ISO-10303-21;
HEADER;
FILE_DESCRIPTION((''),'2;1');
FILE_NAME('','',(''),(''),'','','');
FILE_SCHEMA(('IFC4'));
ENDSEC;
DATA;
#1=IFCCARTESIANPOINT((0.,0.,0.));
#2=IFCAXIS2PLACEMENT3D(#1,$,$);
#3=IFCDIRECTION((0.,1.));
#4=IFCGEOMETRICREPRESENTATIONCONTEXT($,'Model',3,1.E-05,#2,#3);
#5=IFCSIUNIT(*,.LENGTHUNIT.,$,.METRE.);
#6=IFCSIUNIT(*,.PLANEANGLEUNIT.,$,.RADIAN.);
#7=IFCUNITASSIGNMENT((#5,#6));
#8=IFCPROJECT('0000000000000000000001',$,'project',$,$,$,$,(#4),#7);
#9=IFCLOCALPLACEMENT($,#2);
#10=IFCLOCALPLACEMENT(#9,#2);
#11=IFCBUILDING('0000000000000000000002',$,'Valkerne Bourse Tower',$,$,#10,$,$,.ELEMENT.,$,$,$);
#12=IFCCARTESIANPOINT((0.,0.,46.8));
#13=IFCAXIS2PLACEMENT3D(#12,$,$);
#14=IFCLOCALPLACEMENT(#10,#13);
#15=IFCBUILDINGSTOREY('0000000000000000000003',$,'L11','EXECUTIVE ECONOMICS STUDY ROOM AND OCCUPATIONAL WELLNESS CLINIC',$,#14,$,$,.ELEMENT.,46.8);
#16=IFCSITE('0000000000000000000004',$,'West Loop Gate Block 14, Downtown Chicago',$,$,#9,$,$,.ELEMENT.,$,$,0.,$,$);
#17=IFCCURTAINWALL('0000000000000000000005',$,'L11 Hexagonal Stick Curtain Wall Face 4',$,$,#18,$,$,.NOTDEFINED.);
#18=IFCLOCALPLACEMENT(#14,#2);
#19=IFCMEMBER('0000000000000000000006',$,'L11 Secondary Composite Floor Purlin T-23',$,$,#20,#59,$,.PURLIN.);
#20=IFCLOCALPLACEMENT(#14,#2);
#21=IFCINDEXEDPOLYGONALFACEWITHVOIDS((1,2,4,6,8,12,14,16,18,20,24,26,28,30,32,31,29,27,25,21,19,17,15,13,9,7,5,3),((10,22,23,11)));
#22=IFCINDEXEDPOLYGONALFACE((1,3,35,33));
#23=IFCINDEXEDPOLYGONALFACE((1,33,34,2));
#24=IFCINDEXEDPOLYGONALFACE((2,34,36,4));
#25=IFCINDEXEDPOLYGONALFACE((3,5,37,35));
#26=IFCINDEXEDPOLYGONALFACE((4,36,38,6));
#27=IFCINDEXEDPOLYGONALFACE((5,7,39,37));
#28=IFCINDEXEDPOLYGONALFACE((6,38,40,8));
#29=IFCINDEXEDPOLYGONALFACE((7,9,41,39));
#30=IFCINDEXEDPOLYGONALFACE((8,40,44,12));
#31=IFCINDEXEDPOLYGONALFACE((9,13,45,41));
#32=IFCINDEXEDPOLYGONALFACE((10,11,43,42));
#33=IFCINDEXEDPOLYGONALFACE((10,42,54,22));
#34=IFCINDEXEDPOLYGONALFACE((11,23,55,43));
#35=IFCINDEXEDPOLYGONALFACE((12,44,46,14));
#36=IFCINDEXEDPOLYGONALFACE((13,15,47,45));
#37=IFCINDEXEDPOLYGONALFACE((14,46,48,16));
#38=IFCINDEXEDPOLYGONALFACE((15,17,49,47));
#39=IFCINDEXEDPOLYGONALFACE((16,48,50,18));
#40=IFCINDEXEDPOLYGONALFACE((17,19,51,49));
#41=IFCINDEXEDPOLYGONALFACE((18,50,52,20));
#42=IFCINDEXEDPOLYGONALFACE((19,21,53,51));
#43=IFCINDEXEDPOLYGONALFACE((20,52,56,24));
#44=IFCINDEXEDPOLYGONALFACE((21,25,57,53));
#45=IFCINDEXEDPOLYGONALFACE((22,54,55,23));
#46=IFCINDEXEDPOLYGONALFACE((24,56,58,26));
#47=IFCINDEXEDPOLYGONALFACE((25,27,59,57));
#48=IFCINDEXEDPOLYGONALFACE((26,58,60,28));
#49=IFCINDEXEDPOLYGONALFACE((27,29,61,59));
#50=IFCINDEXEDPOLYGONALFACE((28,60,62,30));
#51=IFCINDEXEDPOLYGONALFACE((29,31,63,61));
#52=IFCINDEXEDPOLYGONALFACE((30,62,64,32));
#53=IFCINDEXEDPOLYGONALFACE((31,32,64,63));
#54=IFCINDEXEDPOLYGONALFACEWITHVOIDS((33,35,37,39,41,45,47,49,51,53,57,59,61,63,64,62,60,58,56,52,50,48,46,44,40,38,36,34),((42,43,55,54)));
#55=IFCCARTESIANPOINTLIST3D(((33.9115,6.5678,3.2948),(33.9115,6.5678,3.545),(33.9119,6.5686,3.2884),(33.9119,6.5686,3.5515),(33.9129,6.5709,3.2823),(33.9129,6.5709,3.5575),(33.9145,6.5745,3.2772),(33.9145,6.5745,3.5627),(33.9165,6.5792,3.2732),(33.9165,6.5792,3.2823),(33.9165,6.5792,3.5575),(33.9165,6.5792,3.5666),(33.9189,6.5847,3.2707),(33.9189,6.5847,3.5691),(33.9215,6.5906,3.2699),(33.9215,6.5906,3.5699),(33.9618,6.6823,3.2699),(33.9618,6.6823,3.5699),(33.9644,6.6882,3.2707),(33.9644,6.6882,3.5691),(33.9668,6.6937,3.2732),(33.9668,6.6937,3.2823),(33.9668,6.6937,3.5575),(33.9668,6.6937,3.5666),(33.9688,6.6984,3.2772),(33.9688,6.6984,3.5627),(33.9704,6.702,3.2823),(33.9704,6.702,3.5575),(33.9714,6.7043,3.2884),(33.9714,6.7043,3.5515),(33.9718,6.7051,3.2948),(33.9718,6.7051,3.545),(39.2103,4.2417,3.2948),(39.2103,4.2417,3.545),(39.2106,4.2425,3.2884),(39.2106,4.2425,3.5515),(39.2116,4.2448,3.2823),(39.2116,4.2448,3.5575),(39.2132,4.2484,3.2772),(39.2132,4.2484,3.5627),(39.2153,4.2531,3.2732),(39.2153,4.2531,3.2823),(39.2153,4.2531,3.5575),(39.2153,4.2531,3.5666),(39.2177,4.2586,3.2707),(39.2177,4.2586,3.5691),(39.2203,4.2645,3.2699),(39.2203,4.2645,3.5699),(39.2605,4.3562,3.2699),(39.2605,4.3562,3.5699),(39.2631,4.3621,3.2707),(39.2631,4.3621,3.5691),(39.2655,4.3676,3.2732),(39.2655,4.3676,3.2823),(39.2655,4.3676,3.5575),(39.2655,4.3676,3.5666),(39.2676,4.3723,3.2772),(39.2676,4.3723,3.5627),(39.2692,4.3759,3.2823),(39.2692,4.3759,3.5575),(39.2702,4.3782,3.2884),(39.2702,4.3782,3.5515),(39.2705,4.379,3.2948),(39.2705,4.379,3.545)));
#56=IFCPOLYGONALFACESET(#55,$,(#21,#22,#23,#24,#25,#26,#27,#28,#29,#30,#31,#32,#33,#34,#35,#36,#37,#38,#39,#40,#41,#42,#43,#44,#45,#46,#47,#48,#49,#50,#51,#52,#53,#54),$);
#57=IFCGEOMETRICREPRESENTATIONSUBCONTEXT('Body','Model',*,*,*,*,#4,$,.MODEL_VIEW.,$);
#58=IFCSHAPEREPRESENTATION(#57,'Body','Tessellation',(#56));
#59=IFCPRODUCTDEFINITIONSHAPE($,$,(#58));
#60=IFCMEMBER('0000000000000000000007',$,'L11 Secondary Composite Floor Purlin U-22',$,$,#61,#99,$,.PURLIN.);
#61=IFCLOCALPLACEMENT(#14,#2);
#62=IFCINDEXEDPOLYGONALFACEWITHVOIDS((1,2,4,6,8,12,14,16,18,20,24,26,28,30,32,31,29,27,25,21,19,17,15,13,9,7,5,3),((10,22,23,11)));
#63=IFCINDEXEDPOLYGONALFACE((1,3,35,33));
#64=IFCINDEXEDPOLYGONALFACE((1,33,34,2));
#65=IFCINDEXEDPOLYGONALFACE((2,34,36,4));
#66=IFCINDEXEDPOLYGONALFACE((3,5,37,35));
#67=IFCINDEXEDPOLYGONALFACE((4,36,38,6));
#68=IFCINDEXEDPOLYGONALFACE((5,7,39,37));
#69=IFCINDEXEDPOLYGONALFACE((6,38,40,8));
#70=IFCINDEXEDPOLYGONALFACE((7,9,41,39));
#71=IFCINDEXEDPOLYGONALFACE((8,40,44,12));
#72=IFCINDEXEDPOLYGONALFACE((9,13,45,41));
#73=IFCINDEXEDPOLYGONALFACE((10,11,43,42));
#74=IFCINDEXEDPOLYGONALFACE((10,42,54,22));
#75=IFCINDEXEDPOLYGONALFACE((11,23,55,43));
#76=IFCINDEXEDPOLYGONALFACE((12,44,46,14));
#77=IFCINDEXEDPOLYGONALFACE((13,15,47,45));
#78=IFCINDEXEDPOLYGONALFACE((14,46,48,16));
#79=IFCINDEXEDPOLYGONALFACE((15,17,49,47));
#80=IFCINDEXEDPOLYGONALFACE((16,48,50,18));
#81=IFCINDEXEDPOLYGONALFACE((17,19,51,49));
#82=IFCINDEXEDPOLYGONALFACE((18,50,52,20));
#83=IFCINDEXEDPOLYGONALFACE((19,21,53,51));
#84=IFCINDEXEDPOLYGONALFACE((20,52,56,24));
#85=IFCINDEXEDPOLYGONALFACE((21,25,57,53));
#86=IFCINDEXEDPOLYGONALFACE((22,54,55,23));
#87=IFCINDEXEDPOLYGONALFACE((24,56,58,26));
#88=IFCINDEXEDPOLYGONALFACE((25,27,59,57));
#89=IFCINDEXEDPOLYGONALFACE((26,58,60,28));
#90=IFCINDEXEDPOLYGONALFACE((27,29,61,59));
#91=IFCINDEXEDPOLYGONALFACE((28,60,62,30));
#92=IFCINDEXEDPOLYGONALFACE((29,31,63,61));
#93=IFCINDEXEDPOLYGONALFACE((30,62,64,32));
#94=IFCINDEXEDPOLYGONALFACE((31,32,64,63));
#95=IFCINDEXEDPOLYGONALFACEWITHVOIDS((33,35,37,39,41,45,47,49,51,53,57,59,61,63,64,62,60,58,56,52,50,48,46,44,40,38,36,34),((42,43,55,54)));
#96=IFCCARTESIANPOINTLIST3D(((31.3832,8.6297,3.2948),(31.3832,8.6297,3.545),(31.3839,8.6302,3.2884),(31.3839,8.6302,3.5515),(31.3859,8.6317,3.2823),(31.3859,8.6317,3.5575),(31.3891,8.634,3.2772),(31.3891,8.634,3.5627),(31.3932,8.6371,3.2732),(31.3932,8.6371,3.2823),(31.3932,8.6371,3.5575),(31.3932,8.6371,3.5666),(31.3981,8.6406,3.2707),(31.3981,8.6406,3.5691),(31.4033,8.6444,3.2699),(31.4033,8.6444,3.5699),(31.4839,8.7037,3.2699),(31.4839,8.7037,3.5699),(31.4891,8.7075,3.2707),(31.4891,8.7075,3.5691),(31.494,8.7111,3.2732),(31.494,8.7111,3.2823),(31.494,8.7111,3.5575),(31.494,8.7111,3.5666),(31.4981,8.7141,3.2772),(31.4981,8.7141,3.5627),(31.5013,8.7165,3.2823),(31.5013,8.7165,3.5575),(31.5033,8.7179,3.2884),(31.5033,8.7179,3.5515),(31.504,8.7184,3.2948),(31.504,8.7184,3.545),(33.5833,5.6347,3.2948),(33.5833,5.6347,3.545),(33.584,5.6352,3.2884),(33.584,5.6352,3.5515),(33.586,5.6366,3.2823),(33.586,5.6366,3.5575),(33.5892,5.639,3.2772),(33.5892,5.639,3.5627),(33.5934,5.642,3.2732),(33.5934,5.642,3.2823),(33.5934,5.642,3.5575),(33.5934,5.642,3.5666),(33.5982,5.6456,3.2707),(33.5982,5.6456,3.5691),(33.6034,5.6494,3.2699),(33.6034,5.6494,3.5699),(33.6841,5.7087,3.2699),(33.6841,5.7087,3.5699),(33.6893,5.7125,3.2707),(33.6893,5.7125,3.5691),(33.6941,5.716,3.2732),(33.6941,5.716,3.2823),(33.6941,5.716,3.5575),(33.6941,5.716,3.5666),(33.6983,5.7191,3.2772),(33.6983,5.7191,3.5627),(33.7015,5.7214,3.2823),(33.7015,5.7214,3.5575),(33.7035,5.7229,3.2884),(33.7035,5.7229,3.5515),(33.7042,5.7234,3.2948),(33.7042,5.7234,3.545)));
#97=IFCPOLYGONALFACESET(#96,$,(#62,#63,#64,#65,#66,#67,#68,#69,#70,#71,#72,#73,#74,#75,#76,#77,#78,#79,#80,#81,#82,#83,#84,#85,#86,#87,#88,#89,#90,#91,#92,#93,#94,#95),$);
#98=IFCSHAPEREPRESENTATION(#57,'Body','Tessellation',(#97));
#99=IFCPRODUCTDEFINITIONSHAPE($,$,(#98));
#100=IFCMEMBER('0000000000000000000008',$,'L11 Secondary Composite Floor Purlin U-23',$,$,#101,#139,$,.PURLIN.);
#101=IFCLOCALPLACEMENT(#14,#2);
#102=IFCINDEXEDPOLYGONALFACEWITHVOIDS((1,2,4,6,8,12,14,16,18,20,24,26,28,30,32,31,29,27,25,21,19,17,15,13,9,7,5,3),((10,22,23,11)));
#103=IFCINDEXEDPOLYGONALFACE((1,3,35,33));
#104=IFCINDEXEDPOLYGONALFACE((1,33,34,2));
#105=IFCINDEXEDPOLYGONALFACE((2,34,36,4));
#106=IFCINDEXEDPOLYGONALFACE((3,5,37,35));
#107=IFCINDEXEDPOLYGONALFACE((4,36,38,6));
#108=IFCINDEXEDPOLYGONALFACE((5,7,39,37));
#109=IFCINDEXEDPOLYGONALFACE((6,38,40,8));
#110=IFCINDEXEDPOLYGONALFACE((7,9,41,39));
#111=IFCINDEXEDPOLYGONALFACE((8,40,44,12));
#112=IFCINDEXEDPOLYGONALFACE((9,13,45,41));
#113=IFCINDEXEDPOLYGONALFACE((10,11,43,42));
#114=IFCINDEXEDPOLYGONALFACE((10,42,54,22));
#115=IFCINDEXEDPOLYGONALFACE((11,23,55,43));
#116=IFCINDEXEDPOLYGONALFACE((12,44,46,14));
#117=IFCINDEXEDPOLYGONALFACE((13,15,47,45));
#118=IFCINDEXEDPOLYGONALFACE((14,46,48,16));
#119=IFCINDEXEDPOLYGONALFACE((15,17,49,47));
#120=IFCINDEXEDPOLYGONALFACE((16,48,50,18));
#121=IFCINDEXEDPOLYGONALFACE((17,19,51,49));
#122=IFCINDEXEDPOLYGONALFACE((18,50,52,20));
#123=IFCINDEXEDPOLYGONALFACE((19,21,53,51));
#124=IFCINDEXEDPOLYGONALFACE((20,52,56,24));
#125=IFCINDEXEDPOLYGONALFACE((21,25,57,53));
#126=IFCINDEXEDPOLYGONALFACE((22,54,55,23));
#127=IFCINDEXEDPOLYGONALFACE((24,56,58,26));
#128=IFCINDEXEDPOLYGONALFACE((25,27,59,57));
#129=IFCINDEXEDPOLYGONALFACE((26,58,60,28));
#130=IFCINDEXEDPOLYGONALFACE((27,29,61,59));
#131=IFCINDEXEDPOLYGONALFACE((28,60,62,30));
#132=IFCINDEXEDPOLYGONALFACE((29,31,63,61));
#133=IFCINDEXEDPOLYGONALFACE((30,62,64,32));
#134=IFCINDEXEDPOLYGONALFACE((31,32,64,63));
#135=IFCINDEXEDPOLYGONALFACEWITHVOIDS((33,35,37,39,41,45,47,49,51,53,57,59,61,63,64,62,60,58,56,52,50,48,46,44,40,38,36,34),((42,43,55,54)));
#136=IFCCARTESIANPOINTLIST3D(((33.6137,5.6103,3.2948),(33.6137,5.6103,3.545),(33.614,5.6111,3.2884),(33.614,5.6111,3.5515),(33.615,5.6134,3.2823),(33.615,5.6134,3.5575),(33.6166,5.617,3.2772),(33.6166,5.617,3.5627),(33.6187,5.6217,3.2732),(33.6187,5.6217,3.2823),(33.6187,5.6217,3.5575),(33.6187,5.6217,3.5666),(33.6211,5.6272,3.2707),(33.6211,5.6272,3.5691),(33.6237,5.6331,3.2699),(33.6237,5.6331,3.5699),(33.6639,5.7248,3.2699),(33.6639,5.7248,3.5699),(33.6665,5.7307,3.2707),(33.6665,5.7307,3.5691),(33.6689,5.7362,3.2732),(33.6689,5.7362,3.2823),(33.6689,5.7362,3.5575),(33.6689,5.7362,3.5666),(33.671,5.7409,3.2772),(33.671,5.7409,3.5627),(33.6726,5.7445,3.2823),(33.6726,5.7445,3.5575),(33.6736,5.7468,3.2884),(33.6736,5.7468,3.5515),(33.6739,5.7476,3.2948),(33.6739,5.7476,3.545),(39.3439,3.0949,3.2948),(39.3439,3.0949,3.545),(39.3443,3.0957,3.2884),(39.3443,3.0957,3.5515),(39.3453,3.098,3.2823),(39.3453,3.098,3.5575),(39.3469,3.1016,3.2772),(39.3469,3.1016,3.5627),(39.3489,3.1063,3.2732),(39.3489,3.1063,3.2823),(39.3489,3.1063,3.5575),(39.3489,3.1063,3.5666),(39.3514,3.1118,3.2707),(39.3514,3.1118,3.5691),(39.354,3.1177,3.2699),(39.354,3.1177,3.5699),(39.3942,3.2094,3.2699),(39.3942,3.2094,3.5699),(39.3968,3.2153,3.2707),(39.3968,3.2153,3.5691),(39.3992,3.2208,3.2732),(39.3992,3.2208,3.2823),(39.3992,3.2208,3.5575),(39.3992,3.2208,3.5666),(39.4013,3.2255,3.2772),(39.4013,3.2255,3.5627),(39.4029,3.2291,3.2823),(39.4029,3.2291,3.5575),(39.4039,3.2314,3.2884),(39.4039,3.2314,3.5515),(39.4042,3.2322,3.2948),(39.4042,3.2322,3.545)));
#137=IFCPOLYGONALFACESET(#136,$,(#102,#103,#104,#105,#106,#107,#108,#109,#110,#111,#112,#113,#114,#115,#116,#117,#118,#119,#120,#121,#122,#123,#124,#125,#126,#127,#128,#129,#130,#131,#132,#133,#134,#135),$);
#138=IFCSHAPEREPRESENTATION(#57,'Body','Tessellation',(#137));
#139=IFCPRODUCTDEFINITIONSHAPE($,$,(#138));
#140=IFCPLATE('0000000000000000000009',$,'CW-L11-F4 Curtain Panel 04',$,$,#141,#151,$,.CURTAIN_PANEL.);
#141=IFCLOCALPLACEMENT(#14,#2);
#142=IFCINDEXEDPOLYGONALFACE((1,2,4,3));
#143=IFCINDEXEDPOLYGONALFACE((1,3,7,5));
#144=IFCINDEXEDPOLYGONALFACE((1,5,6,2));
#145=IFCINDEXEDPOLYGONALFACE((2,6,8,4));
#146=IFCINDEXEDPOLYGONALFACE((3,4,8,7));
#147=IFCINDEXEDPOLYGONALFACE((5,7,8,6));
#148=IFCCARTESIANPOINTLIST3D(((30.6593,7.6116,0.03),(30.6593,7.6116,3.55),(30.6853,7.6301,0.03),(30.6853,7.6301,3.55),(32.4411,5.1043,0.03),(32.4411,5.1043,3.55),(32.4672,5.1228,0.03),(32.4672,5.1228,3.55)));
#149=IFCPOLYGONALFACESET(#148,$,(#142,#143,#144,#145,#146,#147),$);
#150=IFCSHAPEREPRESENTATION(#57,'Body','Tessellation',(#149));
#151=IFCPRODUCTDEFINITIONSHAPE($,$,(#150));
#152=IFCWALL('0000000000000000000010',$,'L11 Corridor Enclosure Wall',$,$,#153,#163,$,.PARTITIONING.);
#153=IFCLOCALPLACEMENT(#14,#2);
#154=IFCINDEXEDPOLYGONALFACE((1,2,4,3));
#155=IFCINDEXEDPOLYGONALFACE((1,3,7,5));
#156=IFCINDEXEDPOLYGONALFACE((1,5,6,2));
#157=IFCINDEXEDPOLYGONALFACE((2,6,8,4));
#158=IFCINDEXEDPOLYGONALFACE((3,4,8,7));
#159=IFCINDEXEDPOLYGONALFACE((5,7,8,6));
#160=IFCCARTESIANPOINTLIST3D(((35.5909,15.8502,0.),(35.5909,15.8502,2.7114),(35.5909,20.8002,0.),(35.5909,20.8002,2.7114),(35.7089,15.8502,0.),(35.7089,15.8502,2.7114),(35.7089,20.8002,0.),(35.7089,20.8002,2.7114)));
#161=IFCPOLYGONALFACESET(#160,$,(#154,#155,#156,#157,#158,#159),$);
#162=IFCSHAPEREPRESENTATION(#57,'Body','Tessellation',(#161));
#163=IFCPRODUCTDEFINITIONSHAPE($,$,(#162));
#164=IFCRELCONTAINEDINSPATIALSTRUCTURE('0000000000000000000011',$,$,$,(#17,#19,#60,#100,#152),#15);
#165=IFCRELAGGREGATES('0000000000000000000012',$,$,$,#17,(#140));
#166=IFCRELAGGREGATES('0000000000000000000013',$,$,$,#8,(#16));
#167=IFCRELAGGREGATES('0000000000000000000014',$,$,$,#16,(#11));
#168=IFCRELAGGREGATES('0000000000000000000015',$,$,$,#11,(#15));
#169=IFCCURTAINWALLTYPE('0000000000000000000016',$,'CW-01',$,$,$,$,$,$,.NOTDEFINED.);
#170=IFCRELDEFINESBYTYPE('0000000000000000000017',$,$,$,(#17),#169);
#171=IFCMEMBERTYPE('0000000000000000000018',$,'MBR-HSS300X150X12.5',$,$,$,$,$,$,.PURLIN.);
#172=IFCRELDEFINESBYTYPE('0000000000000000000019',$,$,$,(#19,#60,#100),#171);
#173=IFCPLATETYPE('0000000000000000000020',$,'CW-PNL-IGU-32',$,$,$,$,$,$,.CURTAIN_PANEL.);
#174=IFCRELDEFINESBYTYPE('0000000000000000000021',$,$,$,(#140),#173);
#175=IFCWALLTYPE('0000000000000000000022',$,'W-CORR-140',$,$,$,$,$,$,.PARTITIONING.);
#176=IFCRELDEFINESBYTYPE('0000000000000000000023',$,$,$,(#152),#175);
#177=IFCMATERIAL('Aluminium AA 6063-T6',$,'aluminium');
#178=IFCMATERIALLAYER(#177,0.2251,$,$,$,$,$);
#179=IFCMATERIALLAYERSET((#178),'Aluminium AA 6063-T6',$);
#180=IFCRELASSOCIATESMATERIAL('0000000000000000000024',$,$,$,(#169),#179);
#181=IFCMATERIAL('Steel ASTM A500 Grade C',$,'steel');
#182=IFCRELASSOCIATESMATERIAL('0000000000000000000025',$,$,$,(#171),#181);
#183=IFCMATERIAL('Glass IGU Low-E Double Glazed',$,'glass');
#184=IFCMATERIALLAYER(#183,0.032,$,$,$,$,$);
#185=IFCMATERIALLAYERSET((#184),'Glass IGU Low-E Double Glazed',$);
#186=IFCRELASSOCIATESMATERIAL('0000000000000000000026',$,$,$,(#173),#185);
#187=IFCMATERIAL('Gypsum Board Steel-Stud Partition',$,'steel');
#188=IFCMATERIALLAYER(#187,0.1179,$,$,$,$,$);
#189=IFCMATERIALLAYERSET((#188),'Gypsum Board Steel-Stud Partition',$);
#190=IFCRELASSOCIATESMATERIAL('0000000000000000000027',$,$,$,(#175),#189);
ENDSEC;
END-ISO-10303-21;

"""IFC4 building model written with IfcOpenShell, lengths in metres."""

from ifc_helpers import new_model, si_unit, direction, frame, frame_2d, origin, origin_2d, place, context, subcontext, project, spatial, rectangle, hollow_rectangle, extrude, material, layer, layer_set, material_profile, profile_set, type_object, element, aggregate, save


model = new_model("IFC4")

# Units and contexts
model_context = context("Model", 3, precision=1e-05, world=origin(), true_north=direction((0.0, 1.0)))
body_context = subcontext(model_context, "Body", "Model", "MODEL_VIEW")
ifc_project = project(units=[si_unit("LENGTHUNIT", "METRE"), si_unit("PLANEANGLEUNIT", "RADIAN")], contexts=[model_context])

# Site, building, storey
site_placement = place(None, origin())
site = spatial("IfcSite", under=ifc_project, at=site_placement, Name="West Loop Gate Block 14, Downtown Chicago", CompositionType="ELEMENT", RefElevation=0.0)
building_placement = place(site_placement, origin())
building = spatial("IfcBuilding", under=site, at=building_placement, Name="Valkerne Bourse Tower", CompositionType="ELEMENT")
storey_placement = place(building_placement, frame((0.0, 0.0, 46.8)))
storey = spatial("IfcBuildingStorey", under=building, at=storey_placement, Name="L11", Description="EXECUTIVE ECONOMICS STUDY ROOM AND OCCUPATIONAL WELLNESS CLINIC", CompositionType="ELEMENT", Elevation=46.8)

# Curtain wall
ifc_material_1 = material(Name="Aluminium AA 6063-T6", Category="aluminium")
ifc_layer_1 = layer(ifc_material_1, 0.2251)
ifc_layer_set_1 = layer_set([ifc_layer_1], Name="Aluminium AA 6063-T6")
curtain_wall_type = type_object("IfcCurtainWallType", Name="CW-01", PredefinedType="NOTDEFINED", material=ifc_layer_set_1)
curtain_wall_placement = place(storey_placement, origin())
curtain_wall = element("IfcCurtainWall", 1, at=curtain_wall_placement, inside=storey, type_object=curtain_wall_type, Name="L11 Hexagonal Stick Curtain Wall Face 4", PredefinedType="NOTDEFINED")

# Members
ifc_material_2 = material(Name="Steel ASTM A500 Grade C", Category="steel")
ifc_material_profile_1 = material_profile(ifc_material_2, hollow_rectangle(XDim=0.1499, YDim=0.3, WallThickness=0.0125, OuterFilletRadius=0.0249, at=origin_2d()), Name="HSS300X150X12.5")
ifc_profile_set_1 = profile_set([ifc_material_profile_1], Name="Steel ASTM A500 Grade C")
member_type_1 = type_object("IfcMemberType", Name="MBR-HSS300X150X12.5", PredefinedType="PURLIN", material=ifc_profile_set_1)
member_1_placement = place(storey_placement, frame((33.9417, 6.6365, 3.4199), z_axis=(0.915653, -0.401969, 0.0), x_axis=(0.401969, 0.915653, 0.0)))
element("IfcMember", 2, at=member_1_placement, inside=storey, type_object=member_type_1, Name="L11 Secondary Composite Floor Purlin T-23", PredefinedType="PURLIN", context=body_context, shape_type="SweptSolid", body=[
    extrude(hollow_rectangle(XDim=0.1499, YDim=0.3, WallThickness=0.0125, OuterFilletRadius=0.0249, at=origin_2d()), origin(), (0.0, 0.0, 1.0), 5.7869),
])
member_2_placement = place(storey_placement, frame((31.4436, 8.6741, 3.4199), z_axis=(0.592024, -0.80592, 0.0), x_axis=(0.80592, 0.592024, 0.0)))
element("IfcMember", 3, at=member_2_placement, inside=storey, type_object=member_type_1, Name="L11 Secondary Composite Floor Purlin U-22", PredefinedType="PURLIN", context=body_context, shape_type="SweptSolid", body=[
    extrude(hollow_rectangle(XDim=0.1499, YDim=0.3, WallThickness=0.0125, OuterFilletRadius=0.0249, at=origin_2d()), origin(), (0.0, 0.0, 1.0), 3.7163),
])
member_3_placement = place(storey_placement, frame((33.6438, 5.679, 3.4199), z_axis=(0.915663, -0.401946, 0.0), x_axis=(0.401946, 0.915663, 0.0)))
element("IfcMember", 4, at=member_3_placement, inside=storey, type_object=member_type_1, Name="L11 Secondary Composite Floor Purlin U-23", PredefinedType="PURLIN", context=body_context, shape_type="SweptSolid", body=[
    extrude(hollow_rectangle(XDim=0.1499, YDim=0.3, WallThickness=0.0125, OuterFilletRadius=0.0249, at=origin_2d()), origin(), (0.0, 0.0, 1.0), 6.2581),
])

# Plate
ifc_material_3 = material(Name="Glass IGU Low-E Double Glazed", Category="glass")
ifc_layer_2 = layer(ifc_material_3, 0.032)
ifc_layer_set_2 = layer_set([ifc_layer_2], Name="Glass IGU Low-E Double Glazed")
plate_type = type_object("IfcPlateType", Name="CW-PNL-IGU-32", PredefinedType="CURTAIN_PANEL", material=ifc_layer_set_2)
plate_placement = place(storey_placement, frame((31.5632, 6.3672, 0.03), z_axis=(0.0, 0.0, 1.0), x_axis=(0.579286, -0.815124, 0.0)))
plate = element("IfcPlate", 5, at=plate_placement, type_object=plate_type, Name="CW-L11-F4 Curtain Panel 04", PredefinedType="CURTAIN_PANEL", context=body_context, shape_type="SweptSolid", body=[
    extrude(rectangle(XDim=3.0759, YDim=0.032, at=origin_2d()), origin(), (0.0, 0.0, 1.0), 3.52),
])
aggregate(curtain_wall, [plate])

# Wall
ifc_material_4 = material(Name="Gypsum Board Steel-Stud Partition", Category="steel")
ifc_layer_3 = layer(ifc_material_4, 0.1179)
ifc_layer_set_3 = layer_set([ifc_layer_3], Name="Gypsum Board Steel-Stud Partition")
wall_type = type_object("IfcWallType", Name="W-CORR-140", PredefinedType="PARTITIONING", material=ifc_layer_set_3)
wall_placement = place(storey_placement, frame((35.6499, 15.8501, 0.0), z_axis=(0.0, 0.0, 1.0), x_axis=(0.0, 1.0, 0.0)))
element("IfcWall", 6, at=wall_placement, inside=storey, type_object=wall_type, Name="L11 Corridor Enclosure Wall", PredefinedType="PARTITIONING", context=body_context, shape_type="SweptSolid", body=[
    extrude(rectangle(XDim=4.95, YDim=0.1179, at=frame_2d((2.4751, 0.0))), origin(), (0.0, 0.0, 1.0), 2.7114),
])

save(model, "model.ifc")
